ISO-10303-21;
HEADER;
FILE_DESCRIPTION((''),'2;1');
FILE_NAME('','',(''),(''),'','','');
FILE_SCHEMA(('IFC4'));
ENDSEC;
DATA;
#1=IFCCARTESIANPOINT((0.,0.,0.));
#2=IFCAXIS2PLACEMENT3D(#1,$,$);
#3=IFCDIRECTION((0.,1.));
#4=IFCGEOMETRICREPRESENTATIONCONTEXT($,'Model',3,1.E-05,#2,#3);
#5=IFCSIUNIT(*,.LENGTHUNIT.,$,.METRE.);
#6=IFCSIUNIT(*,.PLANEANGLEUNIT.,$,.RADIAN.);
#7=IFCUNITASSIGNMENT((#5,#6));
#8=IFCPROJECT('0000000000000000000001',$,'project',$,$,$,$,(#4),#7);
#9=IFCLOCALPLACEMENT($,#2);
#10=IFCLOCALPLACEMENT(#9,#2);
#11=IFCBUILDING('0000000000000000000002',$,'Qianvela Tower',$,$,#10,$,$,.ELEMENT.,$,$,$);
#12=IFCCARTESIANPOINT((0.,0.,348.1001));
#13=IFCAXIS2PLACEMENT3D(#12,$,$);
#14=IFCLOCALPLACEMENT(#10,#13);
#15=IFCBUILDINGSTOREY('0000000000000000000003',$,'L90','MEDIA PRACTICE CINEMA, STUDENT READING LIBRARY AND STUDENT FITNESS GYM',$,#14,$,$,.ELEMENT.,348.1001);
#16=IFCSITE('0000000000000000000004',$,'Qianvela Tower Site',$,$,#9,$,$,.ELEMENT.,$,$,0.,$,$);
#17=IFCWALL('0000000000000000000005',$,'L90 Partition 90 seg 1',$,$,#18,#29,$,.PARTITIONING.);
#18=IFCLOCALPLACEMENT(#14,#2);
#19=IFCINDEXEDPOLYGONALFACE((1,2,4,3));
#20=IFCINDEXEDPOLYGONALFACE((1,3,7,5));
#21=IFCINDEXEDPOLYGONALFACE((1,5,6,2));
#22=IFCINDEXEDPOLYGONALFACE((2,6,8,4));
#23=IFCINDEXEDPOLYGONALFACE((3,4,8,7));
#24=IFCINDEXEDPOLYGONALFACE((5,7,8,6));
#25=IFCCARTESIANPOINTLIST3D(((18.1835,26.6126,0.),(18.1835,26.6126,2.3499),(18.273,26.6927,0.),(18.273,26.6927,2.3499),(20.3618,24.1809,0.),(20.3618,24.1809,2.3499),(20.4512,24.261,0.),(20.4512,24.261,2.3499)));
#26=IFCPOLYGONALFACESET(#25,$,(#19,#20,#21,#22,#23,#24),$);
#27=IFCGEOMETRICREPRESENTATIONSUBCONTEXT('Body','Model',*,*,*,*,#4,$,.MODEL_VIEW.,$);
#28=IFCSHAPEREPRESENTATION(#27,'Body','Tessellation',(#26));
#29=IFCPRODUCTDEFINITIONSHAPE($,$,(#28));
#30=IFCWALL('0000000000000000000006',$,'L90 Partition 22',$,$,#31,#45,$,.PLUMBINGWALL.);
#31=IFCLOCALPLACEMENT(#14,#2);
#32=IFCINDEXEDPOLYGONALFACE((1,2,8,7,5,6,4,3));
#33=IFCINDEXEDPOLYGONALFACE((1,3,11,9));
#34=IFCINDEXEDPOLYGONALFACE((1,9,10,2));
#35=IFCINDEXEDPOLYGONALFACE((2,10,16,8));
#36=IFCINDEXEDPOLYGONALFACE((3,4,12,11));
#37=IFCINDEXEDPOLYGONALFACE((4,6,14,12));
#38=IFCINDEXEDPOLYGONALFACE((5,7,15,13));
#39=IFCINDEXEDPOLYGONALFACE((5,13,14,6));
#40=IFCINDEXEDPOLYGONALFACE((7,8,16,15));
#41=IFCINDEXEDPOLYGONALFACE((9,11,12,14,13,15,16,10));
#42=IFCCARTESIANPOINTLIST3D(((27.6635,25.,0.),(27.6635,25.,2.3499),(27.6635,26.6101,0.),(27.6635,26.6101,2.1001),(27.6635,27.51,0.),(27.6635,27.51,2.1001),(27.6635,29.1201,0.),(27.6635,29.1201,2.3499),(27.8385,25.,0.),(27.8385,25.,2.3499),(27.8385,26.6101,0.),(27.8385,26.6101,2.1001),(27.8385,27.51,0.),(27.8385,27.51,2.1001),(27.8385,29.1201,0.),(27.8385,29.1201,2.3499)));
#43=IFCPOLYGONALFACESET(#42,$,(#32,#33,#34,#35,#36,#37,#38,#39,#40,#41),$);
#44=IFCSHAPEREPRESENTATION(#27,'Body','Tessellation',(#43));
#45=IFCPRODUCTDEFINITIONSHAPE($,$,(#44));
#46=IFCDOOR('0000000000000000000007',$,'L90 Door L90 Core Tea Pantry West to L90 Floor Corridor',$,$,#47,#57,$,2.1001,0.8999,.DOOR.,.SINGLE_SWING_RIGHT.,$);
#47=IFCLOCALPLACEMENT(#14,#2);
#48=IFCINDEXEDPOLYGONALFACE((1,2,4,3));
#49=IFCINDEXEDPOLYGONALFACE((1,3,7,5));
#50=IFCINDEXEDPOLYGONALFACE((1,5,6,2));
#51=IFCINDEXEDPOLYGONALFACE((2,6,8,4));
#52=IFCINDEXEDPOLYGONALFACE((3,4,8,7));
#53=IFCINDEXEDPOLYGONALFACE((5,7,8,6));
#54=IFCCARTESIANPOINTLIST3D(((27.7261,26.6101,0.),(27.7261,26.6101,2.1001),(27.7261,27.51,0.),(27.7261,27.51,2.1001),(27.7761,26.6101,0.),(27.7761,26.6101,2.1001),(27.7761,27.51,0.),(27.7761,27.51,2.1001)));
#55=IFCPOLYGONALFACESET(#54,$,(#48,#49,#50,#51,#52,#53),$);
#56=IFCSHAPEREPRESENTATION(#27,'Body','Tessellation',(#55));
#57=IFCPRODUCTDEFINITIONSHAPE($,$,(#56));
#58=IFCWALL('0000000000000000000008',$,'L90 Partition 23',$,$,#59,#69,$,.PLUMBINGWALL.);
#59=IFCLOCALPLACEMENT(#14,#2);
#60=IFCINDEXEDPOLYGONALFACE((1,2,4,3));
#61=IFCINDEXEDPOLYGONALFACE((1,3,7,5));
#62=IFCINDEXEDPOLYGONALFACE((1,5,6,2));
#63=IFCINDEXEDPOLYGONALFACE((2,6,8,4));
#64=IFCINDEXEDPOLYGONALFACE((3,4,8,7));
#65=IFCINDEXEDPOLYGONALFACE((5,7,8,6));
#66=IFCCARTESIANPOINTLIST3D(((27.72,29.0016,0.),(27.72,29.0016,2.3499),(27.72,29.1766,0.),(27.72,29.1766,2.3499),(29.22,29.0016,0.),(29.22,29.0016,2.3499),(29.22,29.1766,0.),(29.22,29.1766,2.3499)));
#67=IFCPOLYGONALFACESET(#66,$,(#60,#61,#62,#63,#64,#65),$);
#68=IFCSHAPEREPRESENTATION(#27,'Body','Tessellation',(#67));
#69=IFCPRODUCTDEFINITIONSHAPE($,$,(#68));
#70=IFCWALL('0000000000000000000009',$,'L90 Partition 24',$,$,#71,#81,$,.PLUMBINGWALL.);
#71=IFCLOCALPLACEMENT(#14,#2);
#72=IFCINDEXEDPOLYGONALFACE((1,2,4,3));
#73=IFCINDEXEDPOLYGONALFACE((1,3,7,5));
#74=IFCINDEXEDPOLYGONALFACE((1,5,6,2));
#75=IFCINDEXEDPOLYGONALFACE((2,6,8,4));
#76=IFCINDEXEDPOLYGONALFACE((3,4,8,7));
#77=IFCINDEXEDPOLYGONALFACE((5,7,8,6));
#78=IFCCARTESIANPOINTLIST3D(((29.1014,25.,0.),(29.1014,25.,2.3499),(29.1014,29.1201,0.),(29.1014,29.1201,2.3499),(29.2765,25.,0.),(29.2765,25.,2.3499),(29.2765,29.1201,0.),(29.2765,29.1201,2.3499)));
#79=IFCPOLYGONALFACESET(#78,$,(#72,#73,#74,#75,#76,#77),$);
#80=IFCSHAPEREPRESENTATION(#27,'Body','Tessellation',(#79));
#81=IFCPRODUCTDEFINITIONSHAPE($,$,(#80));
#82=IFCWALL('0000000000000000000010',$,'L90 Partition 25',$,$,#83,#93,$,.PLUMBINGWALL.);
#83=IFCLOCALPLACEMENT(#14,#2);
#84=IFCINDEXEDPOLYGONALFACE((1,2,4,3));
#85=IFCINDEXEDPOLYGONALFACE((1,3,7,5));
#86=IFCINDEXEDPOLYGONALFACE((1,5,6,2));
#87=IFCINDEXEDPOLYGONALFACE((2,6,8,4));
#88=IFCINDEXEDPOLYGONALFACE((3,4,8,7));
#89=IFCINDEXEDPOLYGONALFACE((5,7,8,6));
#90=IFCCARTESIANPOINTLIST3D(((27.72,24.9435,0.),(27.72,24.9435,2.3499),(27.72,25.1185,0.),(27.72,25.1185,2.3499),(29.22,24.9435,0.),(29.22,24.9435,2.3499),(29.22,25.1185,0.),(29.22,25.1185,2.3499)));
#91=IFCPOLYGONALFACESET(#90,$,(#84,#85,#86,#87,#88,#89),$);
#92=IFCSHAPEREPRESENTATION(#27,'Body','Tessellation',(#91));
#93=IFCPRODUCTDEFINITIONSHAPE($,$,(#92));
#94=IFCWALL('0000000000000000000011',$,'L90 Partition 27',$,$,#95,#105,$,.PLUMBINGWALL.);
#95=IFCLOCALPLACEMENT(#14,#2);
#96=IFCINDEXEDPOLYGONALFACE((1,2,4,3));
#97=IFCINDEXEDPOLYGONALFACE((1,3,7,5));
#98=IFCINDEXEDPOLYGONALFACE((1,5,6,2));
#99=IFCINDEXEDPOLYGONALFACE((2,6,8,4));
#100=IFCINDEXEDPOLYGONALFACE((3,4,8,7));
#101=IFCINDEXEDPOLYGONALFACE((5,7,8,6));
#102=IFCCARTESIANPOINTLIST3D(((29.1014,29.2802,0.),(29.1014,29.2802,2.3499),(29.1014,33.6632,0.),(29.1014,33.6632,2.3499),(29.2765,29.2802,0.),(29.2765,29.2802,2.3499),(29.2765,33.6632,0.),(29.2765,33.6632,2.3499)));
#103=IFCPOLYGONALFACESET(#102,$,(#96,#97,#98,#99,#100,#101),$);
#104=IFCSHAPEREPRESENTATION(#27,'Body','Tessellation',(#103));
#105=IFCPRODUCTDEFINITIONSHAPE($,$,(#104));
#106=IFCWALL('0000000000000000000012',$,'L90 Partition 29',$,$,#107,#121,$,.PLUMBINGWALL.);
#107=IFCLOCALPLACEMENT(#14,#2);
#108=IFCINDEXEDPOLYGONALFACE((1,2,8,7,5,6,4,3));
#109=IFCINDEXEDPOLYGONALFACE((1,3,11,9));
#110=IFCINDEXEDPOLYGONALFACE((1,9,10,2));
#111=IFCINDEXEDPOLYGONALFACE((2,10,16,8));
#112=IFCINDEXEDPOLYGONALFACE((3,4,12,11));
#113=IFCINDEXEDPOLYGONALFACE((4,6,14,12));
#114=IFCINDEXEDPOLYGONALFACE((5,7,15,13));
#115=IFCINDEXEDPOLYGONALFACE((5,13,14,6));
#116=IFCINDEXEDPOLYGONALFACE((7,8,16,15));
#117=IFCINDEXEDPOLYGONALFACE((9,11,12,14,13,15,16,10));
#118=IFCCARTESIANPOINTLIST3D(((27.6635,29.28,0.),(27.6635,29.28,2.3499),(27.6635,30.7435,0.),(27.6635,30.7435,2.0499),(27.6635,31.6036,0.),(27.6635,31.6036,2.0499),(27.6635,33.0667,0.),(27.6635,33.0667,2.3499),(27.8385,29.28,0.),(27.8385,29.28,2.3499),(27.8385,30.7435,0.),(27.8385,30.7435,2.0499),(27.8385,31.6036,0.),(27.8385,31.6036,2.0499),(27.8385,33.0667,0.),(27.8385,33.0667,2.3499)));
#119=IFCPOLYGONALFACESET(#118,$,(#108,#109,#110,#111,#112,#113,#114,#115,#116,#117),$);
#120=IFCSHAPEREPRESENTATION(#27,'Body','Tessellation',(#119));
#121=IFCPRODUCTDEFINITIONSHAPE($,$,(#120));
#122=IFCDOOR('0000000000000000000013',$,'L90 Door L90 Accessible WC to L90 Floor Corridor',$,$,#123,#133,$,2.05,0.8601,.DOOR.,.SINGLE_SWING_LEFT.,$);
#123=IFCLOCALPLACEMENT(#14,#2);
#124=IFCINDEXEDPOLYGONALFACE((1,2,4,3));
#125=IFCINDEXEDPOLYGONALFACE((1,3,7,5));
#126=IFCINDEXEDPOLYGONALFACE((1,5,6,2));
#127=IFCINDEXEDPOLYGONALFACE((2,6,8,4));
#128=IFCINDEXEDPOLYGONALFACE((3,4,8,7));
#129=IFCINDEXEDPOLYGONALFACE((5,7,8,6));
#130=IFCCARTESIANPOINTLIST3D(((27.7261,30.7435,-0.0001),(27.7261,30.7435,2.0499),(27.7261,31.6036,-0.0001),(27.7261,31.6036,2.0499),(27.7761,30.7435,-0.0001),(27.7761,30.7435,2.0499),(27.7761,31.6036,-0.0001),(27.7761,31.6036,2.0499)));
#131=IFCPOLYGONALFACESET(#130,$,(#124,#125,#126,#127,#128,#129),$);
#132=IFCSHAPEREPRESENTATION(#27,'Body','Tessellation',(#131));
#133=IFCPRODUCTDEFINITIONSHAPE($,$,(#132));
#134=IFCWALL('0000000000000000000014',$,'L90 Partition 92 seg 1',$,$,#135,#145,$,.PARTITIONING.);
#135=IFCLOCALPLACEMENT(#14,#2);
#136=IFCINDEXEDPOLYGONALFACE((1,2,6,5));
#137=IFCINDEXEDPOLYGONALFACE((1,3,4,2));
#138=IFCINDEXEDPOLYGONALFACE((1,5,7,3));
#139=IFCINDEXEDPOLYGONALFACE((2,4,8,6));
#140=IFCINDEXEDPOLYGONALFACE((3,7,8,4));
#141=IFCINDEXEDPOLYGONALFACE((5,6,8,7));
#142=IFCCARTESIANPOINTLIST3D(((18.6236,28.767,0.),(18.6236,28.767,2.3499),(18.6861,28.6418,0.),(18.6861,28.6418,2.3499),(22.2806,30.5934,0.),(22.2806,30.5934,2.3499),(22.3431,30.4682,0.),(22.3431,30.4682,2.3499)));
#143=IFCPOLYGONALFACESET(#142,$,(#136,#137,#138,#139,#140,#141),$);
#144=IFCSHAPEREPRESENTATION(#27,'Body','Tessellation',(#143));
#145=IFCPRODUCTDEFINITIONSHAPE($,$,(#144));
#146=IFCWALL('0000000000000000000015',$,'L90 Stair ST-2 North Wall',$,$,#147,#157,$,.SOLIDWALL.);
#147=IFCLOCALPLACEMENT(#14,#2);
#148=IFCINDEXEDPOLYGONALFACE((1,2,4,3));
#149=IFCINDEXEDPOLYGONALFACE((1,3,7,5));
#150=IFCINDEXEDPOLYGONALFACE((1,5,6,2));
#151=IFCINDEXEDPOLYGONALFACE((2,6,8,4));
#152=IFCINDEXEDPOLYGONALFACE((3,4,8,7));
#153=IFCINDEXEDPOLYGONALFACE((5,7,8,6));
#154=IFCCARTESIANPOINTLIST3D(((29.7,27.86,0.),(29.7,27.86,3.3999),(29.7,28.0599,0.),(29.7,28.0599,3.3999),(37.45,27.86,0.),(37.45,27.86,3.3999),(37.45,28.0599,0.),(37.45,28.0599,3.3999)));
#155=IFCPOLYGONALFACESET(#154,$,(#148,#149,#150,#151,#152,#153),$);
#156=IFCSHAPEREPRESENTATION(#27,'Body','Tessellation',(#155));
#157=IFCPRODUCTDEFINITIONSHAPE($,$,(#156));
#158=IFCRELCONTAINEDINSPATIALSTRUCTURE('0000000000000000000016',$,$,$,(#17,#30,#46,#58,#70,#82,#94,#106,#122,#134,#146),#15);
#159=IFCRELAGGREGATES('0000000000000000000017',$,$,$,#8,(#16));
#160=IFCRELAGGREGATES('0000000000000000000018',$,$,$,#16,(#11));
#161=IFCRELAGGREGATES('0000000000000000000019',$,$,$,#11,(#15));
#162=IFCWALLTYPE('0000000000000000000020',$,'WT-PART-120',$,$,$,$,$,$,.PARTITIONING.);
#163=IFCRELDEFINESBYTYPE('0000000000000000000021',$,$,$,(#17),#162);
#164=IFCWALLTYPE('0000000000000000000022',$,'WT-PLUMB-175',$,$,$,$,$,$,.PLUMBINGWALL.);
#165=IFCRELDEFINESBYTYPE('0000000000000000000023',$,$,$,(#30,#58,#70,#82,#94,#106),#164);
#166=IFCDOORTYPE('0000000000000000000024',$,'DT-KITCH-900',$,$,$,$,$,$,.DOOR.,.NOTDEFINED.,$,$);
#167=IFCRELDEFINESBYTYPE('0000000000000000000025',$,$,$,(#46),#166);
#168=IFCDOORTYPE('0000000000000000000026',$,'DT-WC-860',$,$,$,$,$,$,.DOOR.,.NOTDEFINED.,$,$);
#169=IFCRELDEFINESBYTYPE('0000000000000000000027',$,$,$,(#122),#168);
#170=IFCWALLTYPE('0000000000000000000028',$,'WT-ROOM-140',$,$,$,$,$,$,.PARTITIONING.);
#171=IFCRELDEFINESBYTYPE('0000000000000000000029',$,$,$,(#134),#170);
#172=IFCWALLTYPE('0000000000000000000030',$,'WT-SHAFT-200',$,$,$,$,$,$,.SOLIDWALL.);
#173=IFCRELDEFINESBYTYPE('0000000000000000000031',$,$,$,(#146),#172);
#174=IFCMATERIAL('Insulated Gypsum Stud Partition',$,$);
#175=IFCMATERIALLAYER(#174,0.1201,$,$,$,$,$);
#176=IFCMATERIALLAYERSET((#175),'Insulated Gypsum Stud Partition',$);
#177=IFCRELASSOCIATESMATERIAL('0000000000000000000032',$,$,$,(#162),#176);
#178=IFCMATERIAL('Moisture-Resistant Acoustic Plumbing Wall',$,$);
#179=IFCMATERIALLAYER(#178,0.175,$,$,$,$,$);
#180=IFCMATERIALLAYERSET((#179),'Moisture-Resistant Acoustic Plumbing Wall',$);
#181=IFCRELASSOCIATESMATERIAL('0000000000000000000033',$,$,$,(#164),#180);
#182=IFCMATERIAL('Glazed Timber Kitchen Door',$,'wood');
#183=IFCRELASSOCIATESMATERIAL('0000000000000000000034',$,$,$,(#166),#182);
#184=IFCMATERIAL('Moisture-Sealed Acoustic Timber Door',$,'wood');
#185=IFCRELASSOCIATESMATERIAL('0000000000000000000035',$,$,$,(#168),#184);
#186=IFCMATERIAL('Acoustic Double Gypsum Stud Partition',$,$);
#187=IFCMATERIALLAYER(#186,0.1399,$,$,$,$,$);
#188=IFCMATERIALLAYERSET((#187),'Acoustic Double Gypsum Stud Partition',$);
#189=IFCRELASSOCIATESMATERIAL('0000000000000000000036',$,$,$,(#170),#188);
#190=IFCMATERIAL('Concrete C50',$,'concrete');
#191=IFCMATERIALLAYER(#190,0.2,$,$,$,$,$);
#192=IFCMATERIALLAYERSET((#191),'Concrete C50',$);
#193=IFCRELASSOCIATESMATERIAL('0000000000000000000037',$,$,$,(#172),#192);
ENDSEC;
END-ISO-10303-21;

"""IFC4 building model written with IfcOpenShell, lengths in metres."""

from ifc_helpers import new_model, si_unit, direction, frame, frame_2d, origin, place, context, subcontext, project, spatial, rectangle, extrude, material, layer, layer_set, type_object, element, fill, save


model = new_model("IFC4")

# Units and contexts
model_context = context("Model", 3, precision=1e-05, world=origin(), true_north=direction((0.0, 1.0)))
body_context = subcontext(model_context, "Body", "Model", "MODEL_VIEW")
ifc_project = project(units=[si_unit("LENGTHUNIT", "METRE"), si_unit("PLANEANGLEUNIT", "RADIAN")], contexts=[model_context])

# Site, building, storey
site_placement = place(None, origin())
site = spatial("IfcSite", under=ifc_project, at=site_placement, Name="Qianvela Tower Site", CompositionType="ELEMENT", RefElevation=0.0)
building_placement = place(site_placement, origin())
building = spatial("IfcBuilding", under=site, at=building_placement, Name="Qianvela Tower", CompositionType="ELEMENT")
storey_placement = place(building_placement, frame((0.0, 0.0, 348.1001)))
storey = spatial("IfcBuildingStorey", under=building, at=storey_placement, Name="L90", Description="MEDIA PRACTICE CINEMA, STUDENT READING LIBRARY AND STUDENT FITNESS GYM", CompositionType="ELEMENT", Elevation=348.1001)

# Wall
ifc_material_1 = material(Name="Insulated Gypsum Stud Partition")
ifc_layer_1 = layer(ifc_material_1, 0.1201)
ifc_layer_set_1 = layer_set([ifc_layer_1], Name="Insulated Gypsum Stud Partition")
wall_type_1 = type_object("IfcWallType", Name="WT-PART-120", PredefinedType="PARTITIONING", material=ifc_layer_set_1)
wall_1_placement = place(storey_placement, frame((20.4065, 24.2209, 0.0), z_axis=(0.0, 0.0, 1.0), x_axis=(-0.667228, 0.744854, 0.0)))
element("IfcWall", 1, at=wall_1_placement, inside=storey, type_object=wall_type_1, Name="L90 Partition 90 seg 1", PredefinedType="PARTITIONING", context=body_context, shape_type="SweptSolid", body=[
    extrude(rectangle(XDim=3.2646, YDim=0.1201, at=frame_2d((1.6323, 0.0))), origin(), (0.0, 0.0, 1.0), 2.3499),
])

# Wall, opening, door
ifc_material_2 = material(Name="Moisture-Resistant Acoustic Plumbing Wall")
ifc_layer_2 = layer(ifc_material_2, 0.175)
ifc_layer_set_2 = layer_set([ifc_layer_2], Name="Moisture-Resistant Acoustic Plumbing Wall")
wall_type_2 = type_object("IfcWallType", Name="WT-PLUMB-175", PredefinedType="PLUMBINGWALL", material=ifc_layer_set_2)
wall_2_placement = place(storey_placement, frame((27.751, 25.0, 0.0), z_axis=(0.0, 0.0, 1.0), x_axis=(0.0, 1.0, 0.0)))
wall_2 = element("IfcWall", 2, at=wall_2_placement, inside=storey, type_object=wall_type_2, Name="L90 Partition 22", PredefinedType="PLUMBINGWALL", context=body_context, shape_type="SweptSolid", body=[
    extrude(rectangle(XDim=4.1201, YDim=0.175, at=frame_2d((2.0601, 0.0))), origin(), (0.0, 0.0, 1.0), 2.3499),
])
opening_1_placement = place(wall_2_placement, frame((1.6101, 0.0, 0.0)))
opening_1 = element("IfcOpeningElement", 3, at=opening_1_placement, cuts=wall_2, PredefinedType="OPENING", context=body_context, shape_type="SweptSolid", body=[
    extrude(rectangle(XDim=0.8999, YDim=2.1001, at=frame_2d((0.45, 1.05))), frame((0.0, 0.0974, 0.0), z_axis=(0.0, -1.0, 0.0), x_axis=(1.0, 0.0, 0.0)), (0.0, 0.0, 1.0), 0.1951),
])
ifc_material_3 = material(Name="Glazed Timber Kitchen Door", Category="wood")
door_type_1 = type_object("IfcDoorType", Name="DT-KITCH-900", OperationType="NOTDEFINED", PredefinedType="DOOR", material=ifc_material_3)
door_1_placement = place(opening_1_placement, origin())
door_1 = element("IfcDoor", 4, at=door_1_placement, inside=storey, type_object=door_type_1, Name="L90 Door L90 Core Tea Pantry West to L90 Floor Corridor", OperationType="SINGLE_SWING_RIGHT", OverallHeight=2.1001, OverallWidth=0.8999, PredefinedType="DOOR", context=body_context, shape_type="SweptSolid", body=[
    extrude(rectangle(XDim=0.8999, YDim=2.1001, at=frame_2d((0.45, 1.05))), frame((0.0, 0.0249, 0.0), z_axis=(0.0, -1.0, 0.0), x_axis=(1.0, 0.0, 0.0)), (0.0, 0.0, 1.0), 0.05),
])
fill(opening_1, door_1)

# Walls
wall_3_placement = place(storey_placement, frame((27.72, 29.0891, 0.0), z_axis=(0.0, 0.0, 1.0), x_axis=(1.0, 0.0, 0.0)))
element("IfcWall", 5, at=wall_3_placement, inside=storey, type_object=wall_type_2, Name="L90 Partition 23", PredefinedType="PLUMBINGWALL", context=body_context, shape_type="SweptSolid", body=[
    extrude(rectangle(XDim=1.5, YDim=0.175, at=frame_2d((0.75, 0.0))), origin(), (0.0, 0.0, 1.0), 2.3499),
])
wall_4_placement = place(storey_placement, frame((29.189, 29.1201, 0.0), z_axis=(0.0, 0.0, 1.0), x_axis=(0.0, -1.0, 0.0)))
element("IfcWall", 6, at=wall_4_placement, inside=storey, type_object=wall_type_2, Name="L90 Partition 24", PredefinedType="PLUMBINGWALL", context=body_context, shape_type="SweptSolid", body=[
    extrude(rectangle(XDim=4.1201, YDim=0.175, at=frame_2d((2.0601, 0.0))), origin(), (0.0, 0.0, 1.0), 2.3499),
])
wall_5_placement = place(storey_placement, frame((29.22, 25.031, 0.0), z_axis=(0.0, 0.0, 1.0), x_axis=(-1.0, 0.0, 0.0)))
element("IfcWall", 7, at=wall_5_placement, inside=storey, type_object=wall_type_2, Name="L90 Partition 25", PredefinedType="PLUMBINGWALL", context=body_context, shape_type="SweptSolid", body=[
    extrude(rectangle(XDim=1.5, YDim=0.175, at=frame_2d((0.75, 0.0))), origin(), (0.0, 0.0, 1.0), 2.3499),
])
wall_6_placement = place(storey_placement, frame((29.189, 33.6631, 0.0), z_axis=(0.0, 0.0, 1.0), x_axis=(0.0, -1.0, 0.0)))
element("IfcWall", 8, at=wall_6_placement, inside=storey, type_object=wall_type_2, Name="L90 Partition 27", PredefinedType="PLUMBINGWALL", context=body_context, shape_type="SweptSolid", body=[
    extrude(rectangle(XDim=4.3831, YDim=0.175, at=frame_2d((2.1914, 0.0))), origin(), (0.0, 0.0, 1.0), 2.3499),
])

# Wall, opening, door
wall_7_placement = place(storey_placement, frame((27.751, 29.28, 0.0), z_axis=(0.0, 0.0, 1.0), x_axis=(0.0, 1.0, 0.0)))
wall_7 = element("IfcWall", 9, at=wall_7_placement, inside=storey, type_object=wall_type_2, Name="L90 Partition 29", PredefinedType="PLUMBINGWALL", context=body_context, shape_type="SweptSolid", body=[
    extrude(rectangle(XDim=3.7866, YDim=0.175, at=frame_2d((1.8933, 0.0))), origin(), (0.0, 0.0, 1.0), 2.3499),
])
opening_2_placement = place(wall_7_placement, frame((1.4634, 0.0, 0.0)))
opening_2 = element("IfcOpeningElement", 10, at=opening_2_placement, cuts=wall_7, PredefinedType="OPENING", context=body_context, shape_type="SweptSolid", body=[
    extrude(rectangle(XDim=0.8601, YDim=2.05, at=frame_2d((0.4302, 1.0249))), frame((0.0, 0.0974, 0.0), z_axis=(0.0, -1.0, 0.0), x_axis=(1.0, 0.0, 0.0)), (0.0, 0.0, 1.0), 0.1951),
])
ifc_material_4 = material(Name="Moisture-Sealed Acoustic Timber Door", Category="wood")
door_type_2 = type_object("IfcDoorType", Name="DT-WC-860", OperationType="NOTDEFINED", PredefinedType="DOOR", material=ifc_material_4)
door_2_placement = place(opening_2_placement, origin())
door_2 = element("IfcDoor", 11, at=door_2_placement, inside=storey, type_object=door_type_2, Name="L90 Door L90 Accessible WC to L90 Floor Corridor", OperationType="SINGLE_SWING_LEFT", OverallHeight=2.05, OverallWidth=0.8601, PredefinedType="DOOR", context=body_context, shape_type="SweptSolid", body=[
    extrude(rectangle(XDim=0.8601, YDim=2.05, at=frame_2d((0.4302, 1.0249))), frame((0.0, 0.0249, 0.0), z_axis=(0.0, -1.0, 0.0), x_axis=(1.0, 0.0, 0.0)), (0.0, 0.0, 1.0), 0.05),
])
fill(opening_2, door_2)

# Walls
ifc_material_5 = material(Name="Acoustic Double Gypsum Stud Partition")
ifc_layer_3 = layer(ifc_material_5, 0.1399)
ifc_layer_set_3 = layer_set([ifc_layer_3], Name="Acoustic Double Gypsum Stud Partition")
wall_type_3 = type_object("IfcWallType", Name="WT-ROOM-140", PredefinedType="PARTITIONING", material=ifc_layer_set_3)
wall_8_placement = place(storey_placement, frame((18.6548, 28.7043, 0.0), z_axis=(0.0, 0.0, 1.0), x_axis=(0.89463, 0.446807, 0.0)))
element("IfcWall", 12, at=wall_8_placement, inside=storey, type_object=wall_type_3, Name="L90 Partition 92 seg 1", PredefinedType="PARTITIONING", context=body_context, shape_type="SweptSolid", body=[
    extrude(rectangle(XDim=4.0876, YDim=0.1399, at=frame_2d((2.0439, 0.0))), origin(), (0.0, 0.0, 1.0), 2.3499),
])
ifc_material_6 = material(Name="Concrete C50", Category="concrete")
ifc_layer_4 = layer(ifc_material_6, 0.2)
ifc_layer_set_4 = layer_set([ifc_layer_4], Name="Concrete C50")
wall_type_4 = type_object("IfcWallType", Name="WT-SHAFT-200", PredefinedType="SOLIDWALL", material=ifc_layer_set_4)
wall_9_placement = place(storey_placement, frame((29.7, 27.96, 0.0), z_axis=(0.0, 0.0, 1.0), x_axis=(1.0, 0.0, 0.0)))
element("IfcWall", 13, at=wall_9_placement, inside=storey, type_object=wall_type_4, Name="L90 Stair ST-2 North Wall", PredefinedType="SOLIDWALL", context=body_context, shape_type="SweptSolid", body=[
    extrude(rectangle(XDim=7.75, YDim=0.2, at=frame_2d((3.875, 0.0))), origin(), (0.0, 0.0, 1.0), 3.3999),
])

save(model, "model.ifc")
